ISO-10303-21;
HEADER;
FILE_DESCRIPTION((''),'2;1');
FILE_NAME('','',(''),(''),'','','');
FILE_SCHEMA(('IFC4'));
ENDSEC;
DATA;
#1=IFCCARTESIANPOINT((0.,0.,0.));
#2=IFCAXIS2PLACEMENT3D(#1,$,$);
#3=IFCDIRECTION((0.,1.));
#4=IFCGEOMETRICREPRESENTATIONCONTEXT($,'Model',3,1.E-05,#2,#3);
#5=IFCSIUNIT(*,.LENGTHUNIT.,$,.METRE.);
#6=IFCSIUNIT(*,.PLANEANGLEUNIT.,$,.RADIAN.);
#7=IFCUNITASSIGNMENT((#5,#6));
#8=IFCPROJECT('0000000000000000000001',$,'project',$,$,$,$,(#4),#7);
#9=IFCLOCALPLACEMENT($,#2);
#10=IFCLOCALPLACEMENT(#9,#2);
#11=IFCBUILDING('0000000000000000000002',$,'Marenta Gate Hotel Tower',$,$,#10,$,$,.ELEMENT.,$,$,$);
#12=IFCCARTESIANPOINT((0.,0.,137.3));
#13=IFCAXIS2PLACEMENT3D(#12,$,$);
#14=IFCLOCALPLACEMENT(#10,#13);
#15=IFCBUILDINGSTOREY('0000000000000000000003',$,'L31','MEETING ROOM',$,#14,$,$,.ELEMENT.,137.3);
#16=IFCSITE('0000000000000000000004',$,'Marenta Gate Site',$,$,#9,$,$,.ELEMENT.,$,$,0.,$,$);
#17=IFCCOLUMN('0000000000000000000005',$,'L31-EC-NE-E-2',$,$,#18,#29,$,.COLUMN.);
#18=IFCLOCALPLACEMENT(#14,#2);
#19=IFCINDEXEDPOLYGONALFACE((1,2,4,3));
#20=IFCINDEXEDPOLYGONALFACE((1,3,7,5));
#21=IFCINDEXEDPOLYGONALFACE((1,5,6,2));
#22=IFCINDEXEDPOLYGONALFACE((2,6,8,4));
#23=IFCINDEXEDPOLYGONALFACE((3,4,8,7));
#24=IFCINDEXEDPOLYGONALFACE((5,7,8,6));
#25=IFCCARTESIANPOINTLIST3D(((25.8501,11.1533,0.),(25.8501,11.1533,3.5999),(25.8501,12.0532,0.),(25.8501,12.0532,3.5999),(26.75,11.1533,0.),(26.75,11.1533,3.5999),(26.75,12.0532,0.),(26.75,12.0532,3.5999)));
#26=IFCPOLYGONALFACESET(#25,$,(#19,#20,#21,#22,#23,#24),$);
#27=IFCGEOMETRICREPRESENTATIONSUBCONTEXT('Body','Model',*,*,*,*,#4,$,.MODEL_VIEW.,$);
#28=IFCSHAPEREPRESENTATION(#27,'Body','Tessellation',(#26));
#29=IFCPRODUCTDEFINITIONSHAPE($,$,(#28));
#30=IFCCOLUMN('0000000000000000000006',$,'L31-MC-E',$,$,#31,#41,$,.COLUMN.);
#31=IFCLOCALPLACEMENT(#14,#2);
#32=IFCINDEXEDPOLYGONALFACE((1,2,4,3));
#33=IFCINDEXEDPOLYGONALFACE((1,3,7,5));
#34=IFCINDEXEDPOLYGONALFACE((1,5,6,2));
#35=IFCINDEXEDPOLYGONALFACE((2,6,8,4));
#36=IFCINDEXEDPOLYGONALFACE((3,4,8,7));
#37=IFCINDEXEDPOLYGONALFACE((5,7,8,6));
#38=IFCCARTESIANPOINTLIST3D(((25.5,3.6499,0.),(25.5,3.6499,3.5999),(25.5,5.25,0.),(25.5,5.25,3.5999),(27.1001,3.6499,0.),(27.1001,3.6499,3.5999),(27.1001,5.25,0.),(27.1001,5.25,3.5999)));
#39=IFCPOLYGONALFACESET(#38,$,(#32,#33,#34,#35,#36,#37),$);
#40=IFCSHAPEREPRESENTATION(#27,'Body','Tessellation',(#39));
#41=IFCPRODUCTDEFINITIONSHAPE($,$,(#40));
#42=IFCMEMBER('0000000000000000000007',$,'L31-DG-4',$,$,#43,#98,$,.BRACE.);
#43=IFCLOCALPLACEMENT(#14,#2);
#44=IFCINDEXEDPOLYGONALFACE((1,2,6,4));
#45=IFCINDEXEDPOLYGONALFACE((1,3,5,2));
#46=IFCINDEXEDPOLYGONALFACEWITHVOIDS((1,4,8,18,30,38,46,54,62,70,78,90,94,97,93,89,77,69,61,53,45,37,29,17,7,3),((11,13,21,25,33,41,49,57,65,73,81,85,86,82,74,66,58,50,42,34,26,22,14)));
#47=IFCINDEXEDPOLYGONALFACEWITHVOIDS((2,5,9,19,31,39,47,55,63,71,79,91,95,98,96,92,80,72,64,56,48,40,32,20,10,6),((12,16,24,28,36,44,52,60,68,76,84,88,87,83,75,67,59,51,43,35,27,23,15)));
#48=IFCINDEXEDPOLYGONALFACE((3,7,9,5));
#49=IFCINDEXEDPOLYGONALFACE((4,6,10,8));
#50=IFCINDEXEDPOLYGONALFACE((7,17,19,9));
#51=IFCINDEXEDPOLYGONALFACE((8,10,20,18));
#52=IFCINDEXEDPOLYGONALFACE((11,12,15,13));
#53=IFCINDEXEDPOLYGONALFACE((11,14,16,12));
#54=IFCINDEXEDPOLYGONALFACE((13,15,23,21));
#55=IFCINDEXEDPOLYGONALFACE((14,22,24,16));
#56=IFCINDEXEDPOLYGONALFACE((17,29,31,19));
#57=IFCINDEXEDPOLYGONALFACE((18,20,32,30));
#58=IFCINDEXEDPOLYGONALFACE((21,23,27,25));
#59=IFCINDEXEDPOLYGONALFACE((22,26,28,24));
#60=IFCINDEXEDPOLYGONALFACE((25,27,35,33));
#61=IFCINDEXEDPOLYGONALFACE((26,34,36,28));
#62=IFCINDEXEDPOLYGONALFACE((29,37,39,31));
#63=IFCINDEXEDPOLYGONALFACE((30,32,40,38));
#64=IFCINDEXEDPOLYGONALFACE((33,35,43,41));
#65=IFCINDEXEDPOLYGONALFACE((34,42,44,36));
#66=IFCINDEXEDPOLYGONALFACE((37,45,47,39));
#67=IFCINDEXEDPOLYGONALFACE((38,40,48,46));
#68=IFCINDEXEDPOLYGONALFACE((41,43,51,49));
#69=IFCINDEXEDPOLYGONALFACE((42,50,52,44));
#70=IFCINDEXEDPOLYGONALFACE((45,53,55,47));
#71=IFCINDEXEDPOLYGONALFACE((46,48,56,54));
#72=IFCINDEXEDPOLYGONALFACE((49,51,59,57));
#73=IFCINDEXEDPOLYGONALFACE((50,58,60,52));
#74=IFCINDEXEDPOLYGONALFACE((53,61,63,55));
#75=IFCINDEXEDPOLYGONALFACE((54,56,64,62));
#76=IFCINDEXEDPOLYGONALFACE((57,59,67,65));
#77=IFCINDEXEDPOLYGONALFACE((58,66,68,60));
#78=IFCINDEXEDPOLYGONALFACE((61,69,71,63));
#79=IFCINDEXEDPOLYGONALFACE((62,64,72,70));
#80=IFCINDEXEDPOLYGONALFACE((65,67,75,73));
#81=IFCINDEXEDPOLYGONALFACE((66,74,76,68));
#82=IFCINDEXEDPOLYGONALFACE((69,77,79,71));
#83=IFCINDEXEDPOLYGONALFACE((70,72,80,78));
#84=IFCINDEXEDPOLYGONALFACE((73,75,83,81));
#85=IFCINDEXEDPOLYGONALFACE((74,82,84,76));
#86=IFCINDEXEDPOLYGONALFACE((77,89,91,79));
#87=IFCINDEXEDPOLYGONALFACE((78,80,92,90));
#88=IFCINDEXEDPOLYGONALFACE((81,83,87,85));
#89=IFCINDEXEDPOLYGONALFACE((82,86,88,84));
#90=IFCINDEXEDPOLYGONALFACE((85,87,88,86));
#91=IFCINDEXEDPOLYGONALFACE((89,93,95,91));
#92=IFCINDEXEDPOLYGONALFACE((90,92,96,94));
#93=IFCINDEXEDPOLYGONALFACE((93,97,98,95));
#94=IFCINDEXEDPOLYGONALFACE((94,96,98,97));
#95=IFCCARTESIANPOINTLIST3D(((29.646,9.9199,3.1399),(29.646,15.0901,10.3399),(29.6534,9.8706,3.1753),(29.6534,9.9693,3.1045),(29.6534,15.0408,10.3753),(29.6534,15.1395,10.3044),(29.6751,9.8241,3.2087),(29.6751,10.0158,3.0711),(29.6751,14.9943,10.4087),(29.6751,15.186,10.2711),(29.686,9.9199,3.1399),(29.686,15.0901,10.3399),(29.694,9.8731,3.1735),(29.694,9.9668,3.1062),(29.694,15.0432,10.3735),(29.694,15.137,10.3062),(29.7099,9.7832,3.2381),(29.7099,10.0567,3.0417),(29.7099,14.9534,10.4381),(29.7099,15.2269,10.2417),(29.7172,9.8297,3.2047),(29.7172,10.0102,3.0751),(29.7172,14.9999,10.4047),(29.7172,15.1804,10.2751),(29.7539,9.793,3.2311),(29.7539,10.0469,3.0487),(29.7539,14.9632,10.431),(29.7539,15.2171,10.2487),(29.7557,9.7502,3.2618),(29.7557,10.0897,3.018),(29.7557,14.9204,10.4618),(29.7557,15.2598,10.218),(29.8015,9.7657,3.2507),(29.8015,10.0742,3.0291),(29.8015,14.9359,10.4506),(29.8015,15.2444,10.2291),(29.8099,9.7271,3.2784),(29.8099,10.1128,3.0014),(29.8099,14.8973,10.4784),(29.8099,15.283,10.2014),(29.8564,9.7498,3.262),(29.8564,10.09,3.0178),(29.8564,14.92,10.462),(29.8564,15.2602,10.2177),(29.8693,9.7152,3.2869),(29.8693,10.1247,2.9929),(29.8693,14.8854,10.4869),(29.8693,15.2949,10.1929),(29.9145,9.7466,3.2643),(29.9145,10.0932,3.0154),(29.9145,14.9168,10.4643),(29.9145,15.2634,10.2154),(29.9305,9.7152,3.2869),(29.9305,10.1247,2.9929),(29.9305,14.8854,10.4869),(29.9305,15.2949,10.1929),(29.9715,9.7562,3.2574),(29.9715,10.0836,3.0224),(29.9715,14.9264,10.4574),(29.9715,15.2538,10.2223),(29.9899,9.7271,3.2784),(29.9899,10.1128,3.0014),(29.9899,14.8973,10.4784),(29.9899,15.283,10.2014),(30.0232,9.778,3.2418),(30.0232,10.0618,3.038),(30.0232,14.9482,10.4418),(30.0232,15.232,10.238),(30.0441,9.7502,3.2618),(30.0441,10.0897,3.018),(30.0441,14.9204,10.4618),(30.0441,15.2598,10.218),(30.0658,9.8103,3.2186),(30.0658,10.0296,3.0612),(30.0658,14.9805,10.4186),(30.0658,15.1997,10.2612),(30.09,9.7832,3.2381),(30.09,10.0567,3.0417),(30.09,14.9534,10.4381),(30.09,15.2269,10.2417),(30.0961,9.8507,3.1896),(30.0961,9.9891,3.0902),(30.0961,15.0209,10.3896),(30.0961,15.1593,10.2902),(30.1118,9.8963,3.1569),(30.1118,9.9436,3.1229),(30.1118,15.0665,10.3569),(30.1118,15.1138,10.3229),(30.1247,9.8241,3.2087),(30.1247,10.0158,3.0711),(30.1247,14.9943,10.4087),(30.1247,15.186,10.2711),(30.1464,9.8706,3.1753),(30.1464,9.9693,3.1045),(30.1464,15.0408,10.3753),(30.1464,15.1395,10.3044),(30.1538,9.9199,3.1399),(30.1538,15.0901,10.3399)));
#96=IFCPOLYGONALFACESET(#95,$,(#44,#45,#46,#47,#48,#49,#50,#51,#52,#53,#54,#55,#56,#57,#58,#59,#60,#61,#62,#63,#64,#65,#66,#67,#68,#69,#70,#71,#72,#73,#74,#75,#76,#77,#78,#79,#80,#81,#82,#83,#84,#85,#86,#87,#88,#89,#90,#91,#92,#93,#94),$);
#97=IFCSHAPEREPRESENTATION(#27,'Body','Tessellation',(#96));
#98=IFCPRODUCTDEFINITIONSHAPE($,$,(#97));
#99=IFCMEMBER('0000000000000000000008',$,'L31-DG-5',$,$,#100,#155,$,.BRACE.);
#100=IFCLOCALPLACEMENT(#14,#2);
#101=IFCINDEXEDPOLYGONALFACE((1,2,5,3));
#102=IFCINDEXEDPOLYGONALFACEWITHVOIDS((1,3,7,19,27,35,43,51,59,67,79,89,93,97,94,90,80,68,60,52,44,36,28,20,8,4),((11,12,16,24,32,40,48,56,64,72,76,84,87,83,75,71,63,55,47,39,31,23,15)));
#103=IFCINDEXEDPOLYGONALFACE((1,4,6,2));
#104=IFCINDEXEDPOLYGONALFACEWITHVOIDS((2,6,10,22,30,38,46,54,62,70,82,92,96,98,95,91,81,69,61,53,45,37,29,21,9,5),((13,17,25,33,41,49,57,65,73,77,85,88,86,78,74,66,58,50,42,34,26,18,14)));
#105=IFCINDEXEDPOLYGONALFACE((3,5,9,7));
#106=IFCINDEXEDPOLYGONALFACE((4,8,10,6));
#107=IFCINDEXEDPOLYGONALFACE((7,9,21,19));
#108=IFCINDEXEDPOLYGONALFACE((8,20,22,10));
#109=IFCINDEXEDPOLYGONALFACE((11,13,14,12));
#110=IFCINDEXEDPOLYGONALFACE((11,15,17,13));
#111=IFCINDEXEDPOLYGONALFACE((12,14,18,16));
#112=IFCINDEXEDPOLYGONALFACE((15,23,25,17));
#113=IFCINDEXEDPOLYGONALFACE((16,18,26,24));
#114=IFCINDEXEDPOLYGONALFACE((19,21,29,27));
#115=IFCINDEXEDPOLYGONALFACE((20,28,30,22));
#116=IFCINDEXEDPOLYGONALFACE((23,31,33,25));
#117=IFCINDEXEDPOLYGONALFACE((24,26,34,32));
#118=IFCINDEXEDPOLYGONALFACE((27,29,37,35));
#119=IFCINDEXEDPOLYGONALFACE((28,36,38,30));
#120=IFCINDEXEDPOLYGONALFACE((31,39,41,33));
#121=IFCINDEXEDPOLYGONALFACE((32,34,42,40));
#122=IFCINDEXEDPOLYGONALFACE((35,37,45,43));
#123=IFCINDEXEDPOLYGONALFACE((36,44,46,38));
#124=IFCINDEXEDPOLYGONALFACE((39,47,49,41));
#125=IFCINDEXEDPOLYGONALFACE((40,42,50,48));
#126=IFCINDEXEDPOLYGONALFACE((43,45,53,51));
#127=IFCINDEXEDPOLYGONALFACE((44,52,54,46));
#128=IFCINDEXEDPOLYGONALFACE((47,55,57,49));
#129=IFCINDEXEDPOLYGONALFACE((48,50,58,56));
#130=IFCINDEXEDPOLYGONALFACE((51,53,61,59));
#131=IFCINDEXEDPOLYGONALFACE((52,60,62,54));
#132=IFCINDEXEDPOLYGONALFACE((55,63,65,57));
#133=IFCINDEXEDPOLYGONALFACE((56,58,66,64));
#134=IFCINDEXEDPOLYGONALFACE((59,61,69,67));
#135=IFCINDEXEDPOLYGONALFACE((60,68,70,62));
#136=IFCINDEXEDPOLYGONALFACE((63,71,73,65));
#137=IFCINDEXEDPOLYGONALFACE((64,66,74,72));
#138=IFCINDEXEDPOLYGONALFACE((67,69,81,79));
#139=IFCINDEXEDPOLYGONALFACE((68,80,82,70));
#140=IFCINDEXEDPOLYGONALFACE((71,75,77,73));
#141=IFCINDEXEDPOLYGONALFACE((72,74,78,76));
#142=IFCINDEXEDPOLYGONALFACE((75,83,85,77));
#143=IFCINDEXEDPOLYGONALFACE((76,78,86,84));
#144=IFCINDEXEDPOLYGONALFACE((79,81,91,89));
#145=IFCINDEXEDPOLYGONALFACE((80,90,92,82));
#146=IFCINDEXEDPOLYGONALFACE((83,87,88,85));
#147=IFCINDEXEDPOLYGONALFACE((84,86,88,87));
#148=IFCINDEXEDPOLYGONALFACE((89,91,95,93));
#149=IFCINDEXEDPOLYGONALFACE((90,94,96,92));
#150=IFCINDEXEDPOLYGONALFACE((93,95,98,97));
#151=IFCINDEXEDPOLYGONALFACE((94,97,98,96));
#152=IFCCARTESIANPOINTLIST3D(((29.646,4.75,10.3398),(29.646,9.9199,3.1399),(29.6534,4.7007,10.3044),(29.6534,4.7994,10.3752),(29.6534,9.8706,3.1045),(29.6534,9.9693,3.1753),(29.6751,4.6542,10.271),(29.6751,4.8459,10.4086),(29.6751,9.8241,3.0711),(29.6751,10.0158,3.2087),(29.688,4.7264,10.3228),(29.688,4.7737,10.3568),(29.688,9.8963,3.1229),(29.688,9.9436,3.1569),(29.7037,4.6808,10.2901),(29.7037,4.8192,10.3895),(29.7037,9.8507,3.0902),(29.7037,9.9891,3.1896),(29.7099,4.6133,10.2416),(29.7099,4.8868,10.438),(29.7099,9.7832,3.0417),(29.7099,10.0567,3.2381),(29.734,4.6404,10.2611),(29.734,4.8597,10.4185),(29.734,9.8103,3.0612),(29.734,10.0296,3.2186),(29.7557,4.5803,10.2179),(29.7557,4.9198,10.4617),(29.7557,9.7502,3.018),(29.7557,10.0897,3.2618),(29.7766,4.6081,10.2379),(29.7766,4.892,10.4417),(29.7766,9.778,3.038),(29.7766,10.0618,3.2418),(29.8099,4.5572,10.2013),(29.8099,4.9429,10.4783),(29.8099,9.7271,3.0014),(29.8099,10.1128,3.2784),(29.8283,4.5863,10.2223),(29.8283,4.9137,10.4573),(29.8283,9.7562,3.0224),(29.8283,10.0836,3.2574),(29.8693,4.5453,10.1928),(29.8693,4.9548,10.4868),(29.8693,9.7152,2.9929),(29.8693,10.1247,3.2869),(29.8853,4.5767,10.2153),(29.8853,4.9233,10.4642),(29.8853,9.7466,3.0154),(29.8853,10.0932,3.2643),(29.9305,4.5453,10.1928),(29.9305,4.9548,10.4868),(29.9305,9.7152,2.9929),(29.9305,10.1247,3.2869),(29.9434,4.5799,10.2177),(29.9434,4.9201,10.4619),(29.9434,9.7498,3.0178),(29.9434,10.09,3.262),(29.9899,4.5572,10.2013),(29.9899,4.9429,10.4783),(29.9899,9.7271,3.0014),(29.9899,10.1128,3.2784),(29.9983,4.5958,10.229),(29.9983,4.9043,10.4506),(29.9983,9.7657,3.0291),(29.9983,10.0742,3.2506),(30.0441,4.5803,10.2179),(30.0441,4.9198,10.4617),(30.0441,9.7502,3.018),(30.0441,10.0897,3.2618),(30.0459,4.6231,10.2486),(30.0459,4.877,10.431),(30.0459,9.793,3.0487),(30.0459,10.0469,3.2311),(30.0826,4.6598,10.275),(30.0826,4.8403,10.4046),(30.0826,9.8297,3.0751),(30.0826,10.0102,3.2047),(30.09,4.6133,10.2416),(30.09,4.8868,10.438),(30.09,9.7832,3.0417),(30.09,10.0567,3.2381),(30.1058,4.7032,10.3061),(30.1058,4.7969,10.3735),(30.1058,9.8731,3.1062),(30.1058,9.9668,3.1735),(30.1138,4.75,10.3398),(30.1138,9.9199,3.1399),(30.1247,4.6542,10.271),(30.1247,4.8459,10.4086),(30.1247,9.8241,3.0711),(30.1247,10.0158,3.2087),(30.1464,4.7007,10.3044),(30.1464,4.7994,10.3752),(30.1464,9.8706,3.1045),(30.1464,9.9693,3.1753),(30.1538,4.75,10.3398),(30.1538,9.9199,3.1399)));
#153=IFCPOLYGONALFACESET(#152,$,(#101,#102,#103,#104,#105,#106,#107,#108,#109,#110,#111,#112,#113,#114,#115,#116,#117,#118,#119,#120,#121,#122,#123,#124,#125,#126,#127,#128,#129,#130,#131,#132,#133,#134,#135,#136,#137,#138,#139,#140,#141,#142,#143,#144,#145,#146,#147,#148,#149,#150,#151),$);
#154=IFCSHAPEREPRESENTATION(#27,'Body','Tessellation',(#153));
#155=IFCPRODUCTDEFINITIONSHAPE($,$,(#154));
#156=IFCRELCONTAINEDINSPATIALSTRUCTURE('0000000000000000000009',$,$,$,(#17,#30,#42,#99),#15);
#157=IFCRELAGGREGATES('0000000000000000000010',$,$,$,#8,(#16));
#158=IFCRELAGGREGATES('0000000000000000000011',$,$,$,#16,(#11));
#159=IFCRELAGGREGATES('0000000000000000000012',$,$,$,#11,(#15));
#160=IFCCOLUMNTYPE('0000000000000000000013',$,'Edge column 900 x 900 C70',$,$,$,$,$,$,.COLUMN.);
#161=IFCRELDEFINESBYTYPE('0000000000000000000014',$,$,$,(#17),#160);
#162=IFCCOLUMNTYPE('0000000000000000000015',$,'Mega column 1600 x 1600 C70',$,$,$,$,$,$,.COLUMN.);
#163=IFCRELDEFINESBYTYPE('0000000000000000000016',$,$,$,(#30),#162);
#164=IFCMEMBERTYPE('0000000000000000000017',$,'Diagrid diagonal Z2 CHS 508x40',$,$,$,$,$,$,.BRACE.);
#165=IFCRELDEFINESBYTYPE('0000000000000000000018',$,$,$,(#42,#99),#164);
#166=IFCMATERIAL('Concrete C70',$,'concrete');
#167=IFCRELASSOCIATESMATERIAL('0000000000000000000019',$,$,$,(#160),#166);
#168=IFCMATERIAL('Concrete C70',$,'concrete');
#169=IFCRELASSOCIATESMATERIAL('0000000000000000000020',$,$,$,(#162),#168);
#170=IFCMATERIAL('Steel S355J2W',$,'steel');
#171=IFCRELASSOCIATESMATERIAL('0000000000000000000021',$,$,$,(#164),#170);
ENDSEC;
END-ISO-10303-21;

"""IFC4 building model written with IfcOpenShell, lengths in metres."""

from ifc_helpers import new_model, si_unit, direction, frame, origin, origin_2d, place, context, subcontext, project, spatial, rectangle, hollow_circle, extrude, material, material_profile, profile_set, type_object, element, save


model = new_model("IFC4")

# Units and contexts
model_context = context("Model", 3, precision=1e-05, world=origin(), true_north=direction((0.0, 1.0)))
body_context = subcontext(model_context, "Body", "Model", "MODEL_VIEW")
ifc_project = project(units=[si_unit("LENGTHUNIT", "METRE"), si_unit("PLANEANGLEUNIT", "RADIAN")], contexts=[model_context])

# Site, building, storey
site_placement = place(None, origin())
site = spatial("IfcSite", under=ifc_project, at=site_placement, Name="Marenta Gate Site", CompositionType="ELEMENT", RefElevation=0.0)
building_placement = place(site_placement, origin())
building = spatial("IfcBuilding", under=site, at=building_placement, Name="Marenta Gate Hotel Tower", CompositionType="ELEMENT")
storey_placement = place(building_placement, frame((0.0, 0.0, 137.3)))
storey = spatial("IfcBuildingStorey", under=building, at=storey_placement, Name="L31", Description="MEETING ROOM", CompositionType="ELEMENT", Elevation=137.3)

# Columns
ifc_material_1 = material(Name="Concrete C70", Category="concrete")
ifc_material_profile_1 = material_profile(ifc_material_1, rectangle(XDim=0.8999, YDim=0.8999, at=origin_2d()), Name="900 x 900")
ifc_profile_set_1 = profile_set([ifc_material_profile_1], Name="Concrete C70")
column_type_1 = type_object("IfcColumnType", Name="Edge column 900 x 900 C70", PredefinedType="COLUMN", material=ifc_profile_set_1)
column_1_placement = place(storey_placement, frame((26.3, 11.6033, 0.0), z_axis=(0.0, 0.0, 1.0), x_axis=(1.0, 0.0, 0.0)))
element("IfcColumn", 1, at=column_1_placement, inside=storey, type_object=column_type_1, Name="L31-EC-NE-E-2", PredefinedType="COLUMN", context=body_context, shape_type="SweptSolid", body=[
    extrude(rectangle(XDim=0.8999, YDim=0.8999, at=origin_2d()), origin(), (0.0, 0.0, 1.0), 3.5999),
])
ifc_material_2 = material(Name="Concrete C70", Category="concrete")
ifc_material_profile_2 = material_profile(ifc_material_2, rectangle(XDim=1.6001, YDim=1.6001, at=origin_2d()), Name="1600 x 1600")
ifc_profile_set_2 = profile_set([ifc_material_profile_2], Name="Concrete C70")
column_type_2 = type_object("IfcColumnType", Name="Mega column 1600 x 1600 C70", PredefinedType="COLUMN", material=ifc_profile_set_2)
column_2_placement = place(storey_placement, frame((26.3, 4.45, 0.0), z_axis=(0.0, 0.0, 1.0), x_axis=(1.0, 0.0, 0.0)))
element("IfcColumn", 2, at=column_2_placement, inside=storey, type_object=column_type_2, Name="L31-MC-E", PredefinedType="COLUMN", context=body_context, shape_type="SweptSolid", body=[
    extrude(rectangle(XDim=1.6001, YDim=1.6001, at=origin_2d()), origin(), (0.0, 0.0, 1.0), 3.5999),
])

# Members
ifc_material_3 = material(Name="Steel S355J2W", Category="steel")
ifc_material_profile_3 = material_profile(ifc_material_3, hollow_circle(Radius=0.2539, WallThickness=0.04, at=origin_2d()), Name="CHS 508x40")
ifc_profile_set_3 = profile_set([ifc_material_profile_3], Name="Steel S355J2W")
member_type_1 = type_object("IfcMemberType", Name="Diagrid diagonal Z2 CHS 508x40", PredefinedType="BRACE", material=ifc_profile_set_3)
member_1_placement = place(storey_placement, frame((29.8999, 9.9199, 3.1399), z_axis=(0.0, 0.583279, 0.812272), x_axis=(-1.0, 0.0, 0.0)))
element("IfcMember", 3, at=member_1_placement, inside=storey, type_object=member_type_1, Name="L31-DG-4", PredefinedType="BRACE", context=body_context, shape_type="SweptSolid", body=[
    extrude(hollow_circle(Radius=0.2539, WallThickness=0.04, at=origin_2d()), origin(), (0.0, 0.0, 1.0), 8.864),
])
member_2_placement = place(storey_placement, frame((29.8999, 9.9199, 3.1399), z_axis=(0.0, -0.583261, 0.812285), x_axis=(1.0, 0.0, 0.0)))
element("IfcMember", 4, at=member_2_placement, inside=storey, type_object=member_type_1, Name="L31-DG-5", PredefinedType="BRACE", context=body_context, shape_type="SweptSolid", body=[
    extrude(hollow_circle(Radius=0.2539, WallThickness=0.04, at=origin_2d()), origin(), (0.0, 0.0, 1.0), 8.8638),
])

save(model, "model.ifc")
